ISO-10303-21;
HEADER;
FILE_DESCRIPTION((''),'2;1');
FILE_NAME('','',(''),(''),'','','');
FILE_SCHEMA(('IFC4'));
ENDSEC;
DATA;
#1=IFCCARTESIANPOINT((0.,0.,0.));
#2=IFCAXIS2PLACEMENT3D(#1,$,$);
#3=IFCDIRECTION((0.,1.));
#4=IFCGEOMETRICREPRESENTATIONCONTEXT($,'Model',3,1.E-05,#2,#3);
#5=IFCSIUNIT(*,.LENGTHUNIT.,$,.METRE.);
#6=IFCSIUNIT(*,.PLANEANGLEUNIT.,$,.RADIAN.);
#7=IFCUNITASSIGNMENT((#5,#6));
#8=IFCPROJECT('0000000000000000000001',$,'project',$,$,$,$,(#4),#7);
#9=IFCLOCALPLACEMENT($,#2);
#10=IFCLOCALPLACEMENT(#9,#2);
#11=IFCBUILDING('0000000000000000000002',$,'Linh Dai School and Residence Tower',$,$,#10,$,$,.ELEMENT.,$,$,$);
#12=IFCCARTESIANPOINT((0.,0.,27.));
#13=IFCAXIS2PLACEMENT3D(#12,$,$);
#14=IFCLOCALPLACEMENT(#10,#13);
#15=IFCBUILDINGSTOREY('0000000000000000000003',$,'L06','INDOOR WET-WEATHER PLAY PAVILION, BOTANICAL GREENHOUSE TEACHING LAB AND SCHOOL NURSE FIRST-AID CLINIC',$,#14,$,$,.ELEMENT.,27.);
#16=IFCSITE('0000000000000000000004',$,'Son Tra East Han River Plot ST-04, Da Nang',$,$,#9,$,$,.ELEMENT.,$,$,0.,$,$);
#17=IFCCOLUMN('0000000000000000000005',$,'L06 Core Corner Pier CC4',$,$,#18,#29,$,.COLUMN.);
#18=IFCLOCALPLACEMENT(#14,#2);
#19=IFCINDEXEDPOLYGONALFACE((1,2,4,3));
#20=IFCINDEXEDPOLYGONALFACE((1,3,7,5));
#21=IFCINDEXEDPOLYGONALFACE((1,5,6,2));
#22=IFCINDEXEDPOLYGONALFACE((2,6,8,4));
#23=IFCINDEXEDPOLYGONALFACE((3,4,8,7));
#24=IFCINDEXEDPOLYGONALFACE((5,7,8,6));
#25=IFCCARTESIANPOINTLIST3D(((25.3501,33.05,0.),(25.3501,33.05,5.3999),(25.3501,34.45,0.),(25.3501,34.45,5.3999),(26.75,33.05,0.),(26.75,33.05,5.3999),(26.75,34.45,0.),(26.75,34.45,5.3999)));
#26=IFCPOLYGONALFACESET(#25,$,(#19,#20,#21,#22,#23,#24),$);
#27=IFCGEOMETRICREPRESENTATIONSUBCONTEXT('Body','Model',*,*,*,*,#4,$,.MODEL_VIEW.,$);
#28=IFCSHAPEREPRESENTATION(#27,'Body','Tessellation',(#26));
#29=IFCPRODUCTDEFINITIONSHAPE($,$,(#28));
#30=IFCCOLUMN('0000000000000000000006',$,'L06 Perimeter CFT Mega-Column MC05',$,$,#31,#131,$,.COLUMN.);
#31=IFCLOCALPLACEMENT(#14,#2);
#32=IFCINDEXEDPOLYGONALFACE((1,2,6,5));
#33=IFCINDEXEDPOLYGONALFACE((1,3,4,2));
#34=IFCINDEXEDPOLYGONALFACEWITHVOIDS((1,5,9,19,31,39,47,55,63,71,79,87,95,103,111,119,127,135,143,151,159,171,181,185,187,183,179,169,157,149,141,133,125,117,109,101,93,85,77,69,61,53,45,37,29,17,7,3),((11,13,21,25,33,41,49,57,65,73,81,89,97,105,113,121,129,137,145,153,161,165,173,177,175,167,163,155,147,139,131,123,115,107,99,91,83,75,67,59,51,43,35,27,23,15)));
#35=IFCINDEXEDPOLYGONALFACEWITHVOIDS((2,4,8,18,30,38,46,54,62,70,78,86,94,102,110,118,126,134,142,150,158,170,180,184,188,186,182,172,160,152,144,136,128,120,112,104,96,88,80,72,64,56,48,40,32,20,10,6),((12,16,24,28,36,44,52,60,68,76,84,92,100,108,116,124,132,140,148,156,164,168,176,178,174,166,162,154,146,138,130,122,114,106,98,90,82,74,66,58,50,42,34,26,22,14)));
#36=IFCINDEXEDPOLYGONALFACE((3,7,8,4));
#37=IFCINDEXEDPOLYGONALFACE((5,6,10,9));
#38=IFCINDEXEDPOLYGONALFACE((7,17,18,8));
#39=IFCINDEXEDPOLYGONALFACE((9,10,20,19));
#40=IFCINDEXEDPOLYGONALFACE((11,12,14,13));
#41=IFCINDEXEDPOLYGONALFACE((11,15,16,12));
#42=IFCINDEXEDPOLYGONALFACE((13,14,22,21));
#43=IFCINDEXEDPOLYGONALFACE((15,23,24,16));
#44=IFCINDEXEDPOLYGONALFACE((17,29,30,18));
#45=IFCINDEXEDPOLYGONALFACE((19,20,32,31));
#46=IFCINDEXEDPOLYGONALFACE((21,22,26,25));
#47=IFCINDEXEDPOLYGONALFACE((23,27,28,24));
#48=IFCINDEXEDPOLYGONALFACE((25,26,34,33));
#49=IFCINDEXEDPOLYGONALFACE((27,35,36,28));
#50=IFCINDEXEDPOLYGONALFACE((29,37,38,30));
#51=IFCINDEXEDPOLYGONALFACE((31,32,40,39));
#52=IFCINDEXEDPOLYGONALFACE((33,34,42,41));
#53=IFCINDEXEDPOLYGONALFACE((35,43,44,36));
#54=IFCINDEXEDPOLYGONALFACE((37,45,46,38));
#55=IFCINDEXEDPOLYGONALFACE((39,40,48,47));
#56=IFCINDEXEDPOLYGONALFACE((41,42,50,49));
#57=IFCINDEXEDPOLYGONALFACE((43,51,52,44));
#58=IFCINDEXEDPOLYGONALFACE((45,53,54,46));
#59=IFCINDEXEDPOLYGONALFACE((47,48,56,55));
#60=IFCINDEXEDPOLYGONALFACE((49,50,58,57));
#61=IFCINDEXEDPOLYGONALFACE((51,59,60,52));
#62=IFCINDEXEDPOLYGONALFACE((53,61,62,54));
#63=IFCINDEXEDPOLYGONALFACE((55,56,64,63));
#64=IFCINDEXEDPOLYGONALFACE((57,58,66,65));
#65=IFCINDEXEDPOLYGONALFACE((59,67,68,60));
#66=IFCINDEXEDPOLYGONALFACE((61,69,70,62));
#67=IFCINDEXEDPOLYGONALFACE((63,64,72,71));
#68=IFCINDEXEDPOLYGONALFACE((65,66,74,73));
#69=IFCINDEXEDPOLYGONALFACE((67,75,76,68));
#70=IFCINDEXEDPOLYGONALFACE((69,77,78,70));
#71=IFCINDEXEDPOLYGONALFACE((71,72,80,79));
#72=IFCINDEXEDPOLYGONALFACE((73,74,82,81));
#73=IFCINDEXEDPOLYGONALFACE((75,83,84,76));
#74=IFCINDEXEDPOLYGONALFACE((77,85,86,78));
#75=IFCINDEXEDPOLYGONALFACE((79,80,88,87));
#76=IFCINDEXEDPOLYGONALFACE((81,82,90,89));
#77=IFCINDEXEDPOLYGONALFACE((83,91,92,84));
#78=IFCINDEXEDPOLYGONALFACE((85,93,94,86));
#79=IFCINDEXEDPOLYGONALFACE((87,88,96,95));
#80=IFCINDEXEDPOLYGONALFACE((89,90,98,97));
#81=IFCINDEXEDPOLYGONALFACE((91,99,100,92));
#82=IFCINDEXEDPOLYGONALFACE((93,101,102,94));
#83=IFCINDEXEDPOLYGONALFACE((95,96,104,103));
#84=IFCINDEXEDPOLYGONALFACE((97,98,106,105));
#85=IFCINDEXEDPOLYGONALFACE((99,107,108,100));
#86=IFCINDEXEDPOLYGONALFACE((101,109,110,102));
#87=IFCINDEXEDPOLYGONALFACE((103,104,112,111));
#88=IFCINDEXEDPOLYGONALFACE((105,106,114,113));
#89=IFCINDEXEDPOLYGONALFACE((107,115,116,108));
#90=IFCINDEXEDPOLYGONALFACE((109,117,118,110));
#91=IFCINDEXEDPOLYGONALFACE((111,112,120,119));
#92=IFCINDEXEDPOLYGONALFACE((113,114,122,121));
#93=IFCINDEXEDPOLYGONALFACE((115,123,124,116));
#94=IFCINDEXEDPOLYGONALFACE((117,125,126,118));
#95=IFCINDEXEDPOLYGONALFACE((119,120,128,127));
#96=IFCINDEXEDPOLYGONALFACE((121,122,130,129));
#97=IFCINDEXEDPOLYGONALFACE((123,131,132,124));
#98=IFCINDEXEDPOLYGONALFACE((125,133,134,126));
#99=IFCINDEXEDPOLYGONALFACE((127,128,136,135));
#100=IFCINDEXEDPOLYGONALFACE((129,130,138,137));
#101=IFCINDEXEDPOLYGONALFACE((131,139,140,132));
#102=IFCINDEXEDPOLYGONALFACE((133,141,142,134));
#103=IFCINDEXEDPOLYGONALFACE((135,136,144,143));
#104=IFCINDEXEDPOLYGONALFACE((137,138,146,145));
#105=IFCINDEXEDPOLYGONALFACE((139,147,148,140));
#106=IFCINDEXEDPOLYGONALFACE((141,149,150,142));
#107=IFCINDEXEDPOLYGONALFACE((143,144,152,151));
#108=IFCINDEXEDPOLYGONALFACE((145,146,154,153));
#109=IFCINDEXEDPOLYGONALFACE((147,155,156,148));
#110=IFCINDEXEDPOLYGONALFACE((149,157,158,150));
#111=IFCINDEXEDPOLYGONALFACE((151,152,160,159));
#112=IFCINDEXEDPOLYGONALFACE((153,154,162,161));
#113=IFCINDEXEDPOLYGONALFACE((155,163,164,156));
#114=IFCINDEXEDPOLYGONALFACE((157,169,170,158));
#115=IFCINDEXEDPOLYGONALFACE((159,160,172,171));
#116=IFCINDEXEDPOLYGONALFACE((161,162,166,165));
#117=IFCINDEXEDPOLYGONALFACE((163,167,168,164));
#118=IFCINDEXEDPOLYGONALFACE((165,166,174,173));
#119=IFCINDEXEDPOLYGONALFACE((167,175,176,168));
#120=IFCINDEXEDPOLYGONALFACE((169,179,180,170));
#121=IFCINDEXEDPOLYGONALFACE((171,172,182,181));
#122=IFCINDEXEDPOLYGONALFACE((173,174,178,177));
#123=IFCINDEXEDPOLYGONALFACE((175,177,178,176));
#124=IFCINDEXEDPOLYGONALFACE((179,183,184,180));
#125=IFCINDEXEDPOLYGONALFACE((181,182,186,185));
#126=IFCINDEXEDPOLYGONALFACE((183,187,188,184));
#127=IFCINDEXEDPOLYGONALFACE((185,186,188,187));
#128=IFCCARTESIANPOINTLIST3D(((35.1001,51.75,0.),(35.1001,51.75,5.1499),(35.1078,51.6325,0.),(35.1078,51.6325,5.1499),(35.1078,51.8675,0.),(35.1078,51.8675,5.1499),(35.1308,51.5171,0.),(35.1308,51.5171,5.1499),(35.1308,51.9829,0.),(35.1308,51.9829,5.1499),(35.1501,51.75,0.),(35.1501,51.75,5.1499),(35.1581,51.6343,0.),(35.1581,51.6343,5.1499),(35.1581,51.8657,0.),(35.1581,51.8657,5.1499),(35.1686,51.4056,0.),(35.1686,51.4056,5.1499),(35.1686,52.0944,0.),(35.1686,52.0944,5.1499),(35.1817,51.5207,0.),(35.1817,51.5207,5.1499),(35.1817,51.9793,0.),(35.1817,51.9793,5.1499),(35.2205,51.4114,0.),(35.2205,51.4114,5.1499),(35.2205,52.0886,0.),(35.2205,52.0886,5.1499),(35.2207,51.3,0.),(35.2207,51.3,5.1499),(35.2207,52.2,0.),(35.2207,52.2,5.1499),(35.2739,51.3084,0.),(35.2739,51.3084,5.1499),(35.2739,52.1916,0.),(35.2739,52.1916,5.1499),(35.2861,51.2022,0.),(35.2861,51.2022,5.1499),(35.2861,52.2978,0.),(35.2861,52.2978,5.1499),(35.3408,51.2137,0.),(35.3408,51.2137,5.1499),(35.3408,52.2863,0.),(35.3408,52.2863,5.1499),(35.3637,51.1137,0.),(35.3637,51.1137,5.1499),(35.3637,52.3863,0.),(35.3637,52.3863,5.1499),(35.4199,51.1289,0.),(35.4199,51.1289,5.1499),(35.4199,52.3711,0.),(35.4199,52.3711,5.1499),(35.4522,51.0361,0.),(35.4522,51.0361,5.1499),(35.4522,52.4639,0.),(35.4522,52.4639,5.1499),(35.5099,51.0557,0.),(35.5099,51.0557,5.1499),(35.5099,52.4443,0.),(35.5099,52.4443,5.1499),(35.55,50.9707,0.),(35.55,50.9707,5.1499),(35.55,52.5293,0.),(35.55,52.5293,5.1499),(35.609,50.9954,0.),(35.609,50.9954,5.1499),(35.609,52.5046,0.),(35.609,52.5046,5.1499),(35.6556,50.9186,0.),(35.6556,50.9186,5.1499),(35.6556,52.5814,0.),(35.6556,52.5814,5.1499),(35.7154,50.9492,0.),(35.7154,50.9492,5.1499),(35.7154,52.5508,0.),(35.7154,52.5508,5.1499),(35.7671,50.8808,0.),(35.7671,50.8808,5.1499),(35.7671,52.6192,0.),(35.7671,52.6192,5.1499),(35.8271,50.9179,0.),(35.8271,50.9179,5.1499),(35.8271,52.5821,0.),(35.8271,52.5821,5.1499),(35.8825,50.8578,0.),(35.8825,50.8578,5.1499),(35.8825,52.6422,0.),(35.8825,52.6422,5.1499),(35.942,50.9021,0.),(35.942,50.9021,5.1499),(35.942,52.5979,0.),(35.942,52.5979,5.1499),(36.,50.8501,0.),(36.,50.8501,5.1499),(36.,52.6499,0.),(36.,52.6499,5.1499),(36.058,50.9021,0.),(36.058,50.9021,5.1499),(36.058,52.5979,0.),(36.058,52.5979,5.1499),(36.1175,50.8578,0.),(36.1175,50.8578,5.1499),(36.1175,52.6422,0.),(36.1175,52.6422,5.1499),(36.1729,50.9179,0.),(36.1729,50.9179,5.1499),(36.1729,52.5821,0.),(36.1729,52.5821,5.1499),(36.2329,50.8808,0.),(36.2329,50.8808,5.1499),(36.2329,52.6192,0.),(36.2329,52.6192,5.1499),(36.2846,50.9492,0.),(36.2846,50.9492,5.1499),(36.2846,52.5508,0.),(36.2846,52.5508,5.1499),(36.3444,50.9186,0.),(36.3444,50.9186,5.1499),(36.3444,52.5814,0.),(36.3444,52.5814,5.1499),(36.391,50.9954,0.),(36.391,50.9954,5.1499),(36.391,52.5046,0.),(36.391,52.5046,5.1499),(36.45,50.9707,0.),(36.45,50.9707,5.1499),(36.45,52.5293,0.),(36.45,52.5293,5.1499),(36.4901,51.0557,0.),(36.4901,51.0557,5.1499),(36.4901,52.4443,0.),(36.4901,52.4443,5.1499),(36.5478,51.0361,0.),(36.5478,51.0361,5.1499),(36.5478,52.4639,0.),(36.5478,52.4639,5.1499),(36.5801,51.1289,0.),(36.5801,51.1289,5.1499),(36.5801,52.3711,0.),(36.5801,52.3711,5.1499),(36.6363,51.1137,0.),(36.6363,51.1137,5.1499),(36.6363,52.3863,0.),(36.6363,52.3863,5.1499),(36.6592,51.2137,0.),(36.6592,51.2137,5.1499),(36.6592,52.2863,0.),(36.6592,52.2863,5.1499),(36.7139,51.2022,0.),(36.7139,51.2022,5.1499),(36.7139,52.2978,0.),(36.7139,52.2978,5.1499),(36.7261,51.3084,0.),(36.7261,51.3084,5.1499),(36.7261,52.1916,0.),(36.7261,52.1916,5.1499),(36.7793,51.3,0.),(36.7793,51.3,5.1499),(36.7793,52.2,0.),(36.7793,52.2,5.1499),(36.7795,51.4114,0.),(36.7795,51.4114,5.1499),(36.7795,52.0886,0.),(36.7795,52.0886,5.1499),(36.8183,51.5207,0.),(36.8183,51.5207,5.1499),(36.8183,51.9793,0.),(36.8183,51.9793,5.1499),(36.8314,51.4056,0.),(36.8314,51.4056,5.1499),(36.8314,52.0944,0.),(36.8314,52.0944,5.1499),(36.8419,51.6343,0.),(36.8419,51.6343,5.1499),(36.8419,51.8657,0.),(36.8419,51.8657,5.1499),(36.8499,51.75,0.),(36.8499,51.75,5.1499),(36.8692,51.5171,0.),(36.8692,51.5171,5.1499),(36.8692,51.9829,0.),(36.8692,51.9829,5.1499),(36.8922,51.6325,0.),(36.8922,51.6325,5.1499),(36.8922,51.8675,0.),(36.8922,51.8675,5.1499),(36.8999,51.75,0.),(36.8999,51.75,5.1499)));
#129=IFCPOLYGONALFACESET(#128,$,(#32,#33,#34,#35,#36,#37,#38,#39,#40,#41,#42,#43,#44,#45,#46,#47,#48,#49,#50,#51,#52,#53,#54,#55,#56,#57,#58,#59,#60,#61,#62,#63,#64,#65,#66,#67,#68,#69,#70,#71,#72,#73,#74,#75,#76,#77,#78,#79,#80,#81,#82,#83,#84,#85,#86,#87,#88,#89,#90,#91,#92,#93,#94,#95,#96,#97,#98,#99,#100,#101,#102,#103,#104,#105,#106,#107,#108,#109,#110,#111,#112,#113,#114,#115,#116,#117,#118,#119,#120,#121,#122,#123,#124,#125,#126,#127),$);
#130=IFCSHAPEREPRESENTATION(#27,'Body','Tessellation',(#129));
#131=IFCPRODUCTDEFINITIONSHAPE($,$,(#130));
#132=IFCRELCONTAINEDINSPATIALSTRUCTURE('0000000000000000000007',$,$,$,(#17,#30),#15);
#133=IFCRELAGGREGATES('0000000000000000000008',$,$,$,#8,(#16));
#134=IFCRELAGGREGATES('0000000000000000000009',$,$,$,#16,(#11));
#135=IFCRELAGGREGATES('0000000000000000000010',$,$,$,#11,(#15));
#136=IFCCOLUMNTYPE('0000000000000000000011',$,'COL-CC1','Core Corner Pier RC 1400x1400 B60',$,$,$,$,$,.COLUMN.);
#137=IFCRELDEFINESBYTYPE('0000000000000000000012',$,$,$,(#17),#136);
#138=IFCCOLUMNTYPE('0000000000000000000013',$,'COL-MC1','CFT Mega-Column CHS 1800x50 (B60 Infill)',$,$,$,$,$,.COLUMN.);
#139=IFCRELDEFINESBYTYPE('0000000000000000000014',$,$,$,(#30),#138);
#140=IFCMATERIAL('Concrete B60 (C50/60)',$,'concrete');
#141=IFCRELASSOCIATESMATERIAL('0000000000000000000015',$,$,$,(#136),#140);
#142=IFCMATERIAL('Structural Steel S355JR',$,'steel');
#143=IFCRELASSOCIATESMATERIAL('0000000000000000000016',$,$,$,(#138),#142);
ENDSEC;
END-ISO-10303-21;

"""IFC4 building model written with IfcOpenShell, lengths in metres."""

from ifc_helpers import new_model, si_unit, direction, frame, origin, origin_2d, place, context, subcontext, project, spatial, rectangle, hollow_circle, extrude, material, material_profile, profile_set, type_object, element, save


model = new_model("IFC4")

# Units and contexts
model_context = context("Model", 3, precision=1e-05, world=origin(), true_north=direction((0.0, 1.0)))
body_context = subcontext(model_context, "Body", "Model", "MODEL_VIEW")
ifc_project = project(units=[si_unit("LENGTHUNIT", "METRE"), si_unit("PLANEANGLEUNIT", "RADIAN")], contexts=[model_context])

# Site, building, storey
site_placement = place(None, origin())
site = spatial("IfcSite", under=ifc_project, at=site_placement, Name="Son Tra East Han River Plot ST-04, Da Nang", CompositionType="ELEMENT", RefElevation=0.0)
building_placement = place(site_placement, origin())
building = spatial("IfcBuilding", under=site, at=building_placement, Name="Linh Dai School and Residence Tower", CompositionType="ELEMENT")
storey_placement = place(building_placement, frame((0.0, 0.0, 27.0)))
storey = spatial("IfcBuildingStorey", under=building, at=storey_placement, Name="L06", Description="INDOOR WET-WEATHER PLAY PAVILION, BOTANICAL GREENHOUSE TEACHING LAB AND SCHOOL NURSE FIRST-AID CLINIC", CompositionType="ELEMENT", Elevation=27.0)

# Columns
ifc_material_1 = material(Name="Concrete B60 (C50/60)", Category="concrete")
ifc_material_profile_1 = material_profile(ifc_material_1, rectangle(XDim=1.3999, YDim=1.3999, at=origin_2d()), Name="RC 1400x1400")
ifc_profile_set_1 = profile_set([ifc_material_profile_1], Name="Concrete B60 (C50/60)")
column_type_1 = type_object("IfcColumnType", Name="COL-CC1", Description="Core Corner Pier RC 1400x1400 B60", PredefinedType="COLUMN", material=ifc_profile_set_1)
column_placement = place(storey_placement, frame((26.05, 33.75, 0.0), z_axis=(0.0, 0.0, 1.0), x_axis=(1.0, 0.0, 0.0)))
element("IfcColumn", 1, at=column_placement, inside=storey, type_object=column_type_1, Name="L06 Core Corner Pier CC4", PredefinedType="COLUMN", context=body_context, shape_type="SweptSolid", body=[
    extrude(rectangle(XDim=1.3999, YDim=1.3999, at=origin_2d()), origin(), (0.0, 0.0, 1.0), 5.3999),
])
ifc_material_2 = material(Name="Structural Steel S355JR", Category="steel")
ifc_material_profile_2 = material_profile(ifc_material_2, hollow_circle(Radius=0.8999, WallThickness=0.05, at=origin_2d()), Name="CHS 1800x50")
ifc_profile_set_2 = profile_set([ifc_material_profile_2], Name="Structural Steel S355JR")
column_type_2 = type_object("IfcColumnType", Name="COL-MC1", Description="CFT Mega-Column CHS 1800x50 (B60 Infill)", PredefinedType="COLUMN", material=ifc_profile_set_2)
for number, where, z_axis, x_axis, name in (
    (2, (36.0, 51.75, 0.0), (0.0, 0.0, 1.0), (1.0, 0.0, 0.0), "L06 Perimeter CFT Mega-Column MC05"),
):
    element("IfcColumn", number, at=place(storey_placement, frame(where, z_axis=z_axis, x_axis=x_axis)), inside=storey, type_object=column_type_2, Name=name, PredefinedType="COLUMN", context=body_context, shape_type="SweptSolid", body=[
        extrude(hollow_circle(Radius=0.8999, WallThickness=0.05, at=origin_2d()), origin(), (0.0, 0.0, 1.0), 5.1499),
    ])

save(model, "model.ifc")
